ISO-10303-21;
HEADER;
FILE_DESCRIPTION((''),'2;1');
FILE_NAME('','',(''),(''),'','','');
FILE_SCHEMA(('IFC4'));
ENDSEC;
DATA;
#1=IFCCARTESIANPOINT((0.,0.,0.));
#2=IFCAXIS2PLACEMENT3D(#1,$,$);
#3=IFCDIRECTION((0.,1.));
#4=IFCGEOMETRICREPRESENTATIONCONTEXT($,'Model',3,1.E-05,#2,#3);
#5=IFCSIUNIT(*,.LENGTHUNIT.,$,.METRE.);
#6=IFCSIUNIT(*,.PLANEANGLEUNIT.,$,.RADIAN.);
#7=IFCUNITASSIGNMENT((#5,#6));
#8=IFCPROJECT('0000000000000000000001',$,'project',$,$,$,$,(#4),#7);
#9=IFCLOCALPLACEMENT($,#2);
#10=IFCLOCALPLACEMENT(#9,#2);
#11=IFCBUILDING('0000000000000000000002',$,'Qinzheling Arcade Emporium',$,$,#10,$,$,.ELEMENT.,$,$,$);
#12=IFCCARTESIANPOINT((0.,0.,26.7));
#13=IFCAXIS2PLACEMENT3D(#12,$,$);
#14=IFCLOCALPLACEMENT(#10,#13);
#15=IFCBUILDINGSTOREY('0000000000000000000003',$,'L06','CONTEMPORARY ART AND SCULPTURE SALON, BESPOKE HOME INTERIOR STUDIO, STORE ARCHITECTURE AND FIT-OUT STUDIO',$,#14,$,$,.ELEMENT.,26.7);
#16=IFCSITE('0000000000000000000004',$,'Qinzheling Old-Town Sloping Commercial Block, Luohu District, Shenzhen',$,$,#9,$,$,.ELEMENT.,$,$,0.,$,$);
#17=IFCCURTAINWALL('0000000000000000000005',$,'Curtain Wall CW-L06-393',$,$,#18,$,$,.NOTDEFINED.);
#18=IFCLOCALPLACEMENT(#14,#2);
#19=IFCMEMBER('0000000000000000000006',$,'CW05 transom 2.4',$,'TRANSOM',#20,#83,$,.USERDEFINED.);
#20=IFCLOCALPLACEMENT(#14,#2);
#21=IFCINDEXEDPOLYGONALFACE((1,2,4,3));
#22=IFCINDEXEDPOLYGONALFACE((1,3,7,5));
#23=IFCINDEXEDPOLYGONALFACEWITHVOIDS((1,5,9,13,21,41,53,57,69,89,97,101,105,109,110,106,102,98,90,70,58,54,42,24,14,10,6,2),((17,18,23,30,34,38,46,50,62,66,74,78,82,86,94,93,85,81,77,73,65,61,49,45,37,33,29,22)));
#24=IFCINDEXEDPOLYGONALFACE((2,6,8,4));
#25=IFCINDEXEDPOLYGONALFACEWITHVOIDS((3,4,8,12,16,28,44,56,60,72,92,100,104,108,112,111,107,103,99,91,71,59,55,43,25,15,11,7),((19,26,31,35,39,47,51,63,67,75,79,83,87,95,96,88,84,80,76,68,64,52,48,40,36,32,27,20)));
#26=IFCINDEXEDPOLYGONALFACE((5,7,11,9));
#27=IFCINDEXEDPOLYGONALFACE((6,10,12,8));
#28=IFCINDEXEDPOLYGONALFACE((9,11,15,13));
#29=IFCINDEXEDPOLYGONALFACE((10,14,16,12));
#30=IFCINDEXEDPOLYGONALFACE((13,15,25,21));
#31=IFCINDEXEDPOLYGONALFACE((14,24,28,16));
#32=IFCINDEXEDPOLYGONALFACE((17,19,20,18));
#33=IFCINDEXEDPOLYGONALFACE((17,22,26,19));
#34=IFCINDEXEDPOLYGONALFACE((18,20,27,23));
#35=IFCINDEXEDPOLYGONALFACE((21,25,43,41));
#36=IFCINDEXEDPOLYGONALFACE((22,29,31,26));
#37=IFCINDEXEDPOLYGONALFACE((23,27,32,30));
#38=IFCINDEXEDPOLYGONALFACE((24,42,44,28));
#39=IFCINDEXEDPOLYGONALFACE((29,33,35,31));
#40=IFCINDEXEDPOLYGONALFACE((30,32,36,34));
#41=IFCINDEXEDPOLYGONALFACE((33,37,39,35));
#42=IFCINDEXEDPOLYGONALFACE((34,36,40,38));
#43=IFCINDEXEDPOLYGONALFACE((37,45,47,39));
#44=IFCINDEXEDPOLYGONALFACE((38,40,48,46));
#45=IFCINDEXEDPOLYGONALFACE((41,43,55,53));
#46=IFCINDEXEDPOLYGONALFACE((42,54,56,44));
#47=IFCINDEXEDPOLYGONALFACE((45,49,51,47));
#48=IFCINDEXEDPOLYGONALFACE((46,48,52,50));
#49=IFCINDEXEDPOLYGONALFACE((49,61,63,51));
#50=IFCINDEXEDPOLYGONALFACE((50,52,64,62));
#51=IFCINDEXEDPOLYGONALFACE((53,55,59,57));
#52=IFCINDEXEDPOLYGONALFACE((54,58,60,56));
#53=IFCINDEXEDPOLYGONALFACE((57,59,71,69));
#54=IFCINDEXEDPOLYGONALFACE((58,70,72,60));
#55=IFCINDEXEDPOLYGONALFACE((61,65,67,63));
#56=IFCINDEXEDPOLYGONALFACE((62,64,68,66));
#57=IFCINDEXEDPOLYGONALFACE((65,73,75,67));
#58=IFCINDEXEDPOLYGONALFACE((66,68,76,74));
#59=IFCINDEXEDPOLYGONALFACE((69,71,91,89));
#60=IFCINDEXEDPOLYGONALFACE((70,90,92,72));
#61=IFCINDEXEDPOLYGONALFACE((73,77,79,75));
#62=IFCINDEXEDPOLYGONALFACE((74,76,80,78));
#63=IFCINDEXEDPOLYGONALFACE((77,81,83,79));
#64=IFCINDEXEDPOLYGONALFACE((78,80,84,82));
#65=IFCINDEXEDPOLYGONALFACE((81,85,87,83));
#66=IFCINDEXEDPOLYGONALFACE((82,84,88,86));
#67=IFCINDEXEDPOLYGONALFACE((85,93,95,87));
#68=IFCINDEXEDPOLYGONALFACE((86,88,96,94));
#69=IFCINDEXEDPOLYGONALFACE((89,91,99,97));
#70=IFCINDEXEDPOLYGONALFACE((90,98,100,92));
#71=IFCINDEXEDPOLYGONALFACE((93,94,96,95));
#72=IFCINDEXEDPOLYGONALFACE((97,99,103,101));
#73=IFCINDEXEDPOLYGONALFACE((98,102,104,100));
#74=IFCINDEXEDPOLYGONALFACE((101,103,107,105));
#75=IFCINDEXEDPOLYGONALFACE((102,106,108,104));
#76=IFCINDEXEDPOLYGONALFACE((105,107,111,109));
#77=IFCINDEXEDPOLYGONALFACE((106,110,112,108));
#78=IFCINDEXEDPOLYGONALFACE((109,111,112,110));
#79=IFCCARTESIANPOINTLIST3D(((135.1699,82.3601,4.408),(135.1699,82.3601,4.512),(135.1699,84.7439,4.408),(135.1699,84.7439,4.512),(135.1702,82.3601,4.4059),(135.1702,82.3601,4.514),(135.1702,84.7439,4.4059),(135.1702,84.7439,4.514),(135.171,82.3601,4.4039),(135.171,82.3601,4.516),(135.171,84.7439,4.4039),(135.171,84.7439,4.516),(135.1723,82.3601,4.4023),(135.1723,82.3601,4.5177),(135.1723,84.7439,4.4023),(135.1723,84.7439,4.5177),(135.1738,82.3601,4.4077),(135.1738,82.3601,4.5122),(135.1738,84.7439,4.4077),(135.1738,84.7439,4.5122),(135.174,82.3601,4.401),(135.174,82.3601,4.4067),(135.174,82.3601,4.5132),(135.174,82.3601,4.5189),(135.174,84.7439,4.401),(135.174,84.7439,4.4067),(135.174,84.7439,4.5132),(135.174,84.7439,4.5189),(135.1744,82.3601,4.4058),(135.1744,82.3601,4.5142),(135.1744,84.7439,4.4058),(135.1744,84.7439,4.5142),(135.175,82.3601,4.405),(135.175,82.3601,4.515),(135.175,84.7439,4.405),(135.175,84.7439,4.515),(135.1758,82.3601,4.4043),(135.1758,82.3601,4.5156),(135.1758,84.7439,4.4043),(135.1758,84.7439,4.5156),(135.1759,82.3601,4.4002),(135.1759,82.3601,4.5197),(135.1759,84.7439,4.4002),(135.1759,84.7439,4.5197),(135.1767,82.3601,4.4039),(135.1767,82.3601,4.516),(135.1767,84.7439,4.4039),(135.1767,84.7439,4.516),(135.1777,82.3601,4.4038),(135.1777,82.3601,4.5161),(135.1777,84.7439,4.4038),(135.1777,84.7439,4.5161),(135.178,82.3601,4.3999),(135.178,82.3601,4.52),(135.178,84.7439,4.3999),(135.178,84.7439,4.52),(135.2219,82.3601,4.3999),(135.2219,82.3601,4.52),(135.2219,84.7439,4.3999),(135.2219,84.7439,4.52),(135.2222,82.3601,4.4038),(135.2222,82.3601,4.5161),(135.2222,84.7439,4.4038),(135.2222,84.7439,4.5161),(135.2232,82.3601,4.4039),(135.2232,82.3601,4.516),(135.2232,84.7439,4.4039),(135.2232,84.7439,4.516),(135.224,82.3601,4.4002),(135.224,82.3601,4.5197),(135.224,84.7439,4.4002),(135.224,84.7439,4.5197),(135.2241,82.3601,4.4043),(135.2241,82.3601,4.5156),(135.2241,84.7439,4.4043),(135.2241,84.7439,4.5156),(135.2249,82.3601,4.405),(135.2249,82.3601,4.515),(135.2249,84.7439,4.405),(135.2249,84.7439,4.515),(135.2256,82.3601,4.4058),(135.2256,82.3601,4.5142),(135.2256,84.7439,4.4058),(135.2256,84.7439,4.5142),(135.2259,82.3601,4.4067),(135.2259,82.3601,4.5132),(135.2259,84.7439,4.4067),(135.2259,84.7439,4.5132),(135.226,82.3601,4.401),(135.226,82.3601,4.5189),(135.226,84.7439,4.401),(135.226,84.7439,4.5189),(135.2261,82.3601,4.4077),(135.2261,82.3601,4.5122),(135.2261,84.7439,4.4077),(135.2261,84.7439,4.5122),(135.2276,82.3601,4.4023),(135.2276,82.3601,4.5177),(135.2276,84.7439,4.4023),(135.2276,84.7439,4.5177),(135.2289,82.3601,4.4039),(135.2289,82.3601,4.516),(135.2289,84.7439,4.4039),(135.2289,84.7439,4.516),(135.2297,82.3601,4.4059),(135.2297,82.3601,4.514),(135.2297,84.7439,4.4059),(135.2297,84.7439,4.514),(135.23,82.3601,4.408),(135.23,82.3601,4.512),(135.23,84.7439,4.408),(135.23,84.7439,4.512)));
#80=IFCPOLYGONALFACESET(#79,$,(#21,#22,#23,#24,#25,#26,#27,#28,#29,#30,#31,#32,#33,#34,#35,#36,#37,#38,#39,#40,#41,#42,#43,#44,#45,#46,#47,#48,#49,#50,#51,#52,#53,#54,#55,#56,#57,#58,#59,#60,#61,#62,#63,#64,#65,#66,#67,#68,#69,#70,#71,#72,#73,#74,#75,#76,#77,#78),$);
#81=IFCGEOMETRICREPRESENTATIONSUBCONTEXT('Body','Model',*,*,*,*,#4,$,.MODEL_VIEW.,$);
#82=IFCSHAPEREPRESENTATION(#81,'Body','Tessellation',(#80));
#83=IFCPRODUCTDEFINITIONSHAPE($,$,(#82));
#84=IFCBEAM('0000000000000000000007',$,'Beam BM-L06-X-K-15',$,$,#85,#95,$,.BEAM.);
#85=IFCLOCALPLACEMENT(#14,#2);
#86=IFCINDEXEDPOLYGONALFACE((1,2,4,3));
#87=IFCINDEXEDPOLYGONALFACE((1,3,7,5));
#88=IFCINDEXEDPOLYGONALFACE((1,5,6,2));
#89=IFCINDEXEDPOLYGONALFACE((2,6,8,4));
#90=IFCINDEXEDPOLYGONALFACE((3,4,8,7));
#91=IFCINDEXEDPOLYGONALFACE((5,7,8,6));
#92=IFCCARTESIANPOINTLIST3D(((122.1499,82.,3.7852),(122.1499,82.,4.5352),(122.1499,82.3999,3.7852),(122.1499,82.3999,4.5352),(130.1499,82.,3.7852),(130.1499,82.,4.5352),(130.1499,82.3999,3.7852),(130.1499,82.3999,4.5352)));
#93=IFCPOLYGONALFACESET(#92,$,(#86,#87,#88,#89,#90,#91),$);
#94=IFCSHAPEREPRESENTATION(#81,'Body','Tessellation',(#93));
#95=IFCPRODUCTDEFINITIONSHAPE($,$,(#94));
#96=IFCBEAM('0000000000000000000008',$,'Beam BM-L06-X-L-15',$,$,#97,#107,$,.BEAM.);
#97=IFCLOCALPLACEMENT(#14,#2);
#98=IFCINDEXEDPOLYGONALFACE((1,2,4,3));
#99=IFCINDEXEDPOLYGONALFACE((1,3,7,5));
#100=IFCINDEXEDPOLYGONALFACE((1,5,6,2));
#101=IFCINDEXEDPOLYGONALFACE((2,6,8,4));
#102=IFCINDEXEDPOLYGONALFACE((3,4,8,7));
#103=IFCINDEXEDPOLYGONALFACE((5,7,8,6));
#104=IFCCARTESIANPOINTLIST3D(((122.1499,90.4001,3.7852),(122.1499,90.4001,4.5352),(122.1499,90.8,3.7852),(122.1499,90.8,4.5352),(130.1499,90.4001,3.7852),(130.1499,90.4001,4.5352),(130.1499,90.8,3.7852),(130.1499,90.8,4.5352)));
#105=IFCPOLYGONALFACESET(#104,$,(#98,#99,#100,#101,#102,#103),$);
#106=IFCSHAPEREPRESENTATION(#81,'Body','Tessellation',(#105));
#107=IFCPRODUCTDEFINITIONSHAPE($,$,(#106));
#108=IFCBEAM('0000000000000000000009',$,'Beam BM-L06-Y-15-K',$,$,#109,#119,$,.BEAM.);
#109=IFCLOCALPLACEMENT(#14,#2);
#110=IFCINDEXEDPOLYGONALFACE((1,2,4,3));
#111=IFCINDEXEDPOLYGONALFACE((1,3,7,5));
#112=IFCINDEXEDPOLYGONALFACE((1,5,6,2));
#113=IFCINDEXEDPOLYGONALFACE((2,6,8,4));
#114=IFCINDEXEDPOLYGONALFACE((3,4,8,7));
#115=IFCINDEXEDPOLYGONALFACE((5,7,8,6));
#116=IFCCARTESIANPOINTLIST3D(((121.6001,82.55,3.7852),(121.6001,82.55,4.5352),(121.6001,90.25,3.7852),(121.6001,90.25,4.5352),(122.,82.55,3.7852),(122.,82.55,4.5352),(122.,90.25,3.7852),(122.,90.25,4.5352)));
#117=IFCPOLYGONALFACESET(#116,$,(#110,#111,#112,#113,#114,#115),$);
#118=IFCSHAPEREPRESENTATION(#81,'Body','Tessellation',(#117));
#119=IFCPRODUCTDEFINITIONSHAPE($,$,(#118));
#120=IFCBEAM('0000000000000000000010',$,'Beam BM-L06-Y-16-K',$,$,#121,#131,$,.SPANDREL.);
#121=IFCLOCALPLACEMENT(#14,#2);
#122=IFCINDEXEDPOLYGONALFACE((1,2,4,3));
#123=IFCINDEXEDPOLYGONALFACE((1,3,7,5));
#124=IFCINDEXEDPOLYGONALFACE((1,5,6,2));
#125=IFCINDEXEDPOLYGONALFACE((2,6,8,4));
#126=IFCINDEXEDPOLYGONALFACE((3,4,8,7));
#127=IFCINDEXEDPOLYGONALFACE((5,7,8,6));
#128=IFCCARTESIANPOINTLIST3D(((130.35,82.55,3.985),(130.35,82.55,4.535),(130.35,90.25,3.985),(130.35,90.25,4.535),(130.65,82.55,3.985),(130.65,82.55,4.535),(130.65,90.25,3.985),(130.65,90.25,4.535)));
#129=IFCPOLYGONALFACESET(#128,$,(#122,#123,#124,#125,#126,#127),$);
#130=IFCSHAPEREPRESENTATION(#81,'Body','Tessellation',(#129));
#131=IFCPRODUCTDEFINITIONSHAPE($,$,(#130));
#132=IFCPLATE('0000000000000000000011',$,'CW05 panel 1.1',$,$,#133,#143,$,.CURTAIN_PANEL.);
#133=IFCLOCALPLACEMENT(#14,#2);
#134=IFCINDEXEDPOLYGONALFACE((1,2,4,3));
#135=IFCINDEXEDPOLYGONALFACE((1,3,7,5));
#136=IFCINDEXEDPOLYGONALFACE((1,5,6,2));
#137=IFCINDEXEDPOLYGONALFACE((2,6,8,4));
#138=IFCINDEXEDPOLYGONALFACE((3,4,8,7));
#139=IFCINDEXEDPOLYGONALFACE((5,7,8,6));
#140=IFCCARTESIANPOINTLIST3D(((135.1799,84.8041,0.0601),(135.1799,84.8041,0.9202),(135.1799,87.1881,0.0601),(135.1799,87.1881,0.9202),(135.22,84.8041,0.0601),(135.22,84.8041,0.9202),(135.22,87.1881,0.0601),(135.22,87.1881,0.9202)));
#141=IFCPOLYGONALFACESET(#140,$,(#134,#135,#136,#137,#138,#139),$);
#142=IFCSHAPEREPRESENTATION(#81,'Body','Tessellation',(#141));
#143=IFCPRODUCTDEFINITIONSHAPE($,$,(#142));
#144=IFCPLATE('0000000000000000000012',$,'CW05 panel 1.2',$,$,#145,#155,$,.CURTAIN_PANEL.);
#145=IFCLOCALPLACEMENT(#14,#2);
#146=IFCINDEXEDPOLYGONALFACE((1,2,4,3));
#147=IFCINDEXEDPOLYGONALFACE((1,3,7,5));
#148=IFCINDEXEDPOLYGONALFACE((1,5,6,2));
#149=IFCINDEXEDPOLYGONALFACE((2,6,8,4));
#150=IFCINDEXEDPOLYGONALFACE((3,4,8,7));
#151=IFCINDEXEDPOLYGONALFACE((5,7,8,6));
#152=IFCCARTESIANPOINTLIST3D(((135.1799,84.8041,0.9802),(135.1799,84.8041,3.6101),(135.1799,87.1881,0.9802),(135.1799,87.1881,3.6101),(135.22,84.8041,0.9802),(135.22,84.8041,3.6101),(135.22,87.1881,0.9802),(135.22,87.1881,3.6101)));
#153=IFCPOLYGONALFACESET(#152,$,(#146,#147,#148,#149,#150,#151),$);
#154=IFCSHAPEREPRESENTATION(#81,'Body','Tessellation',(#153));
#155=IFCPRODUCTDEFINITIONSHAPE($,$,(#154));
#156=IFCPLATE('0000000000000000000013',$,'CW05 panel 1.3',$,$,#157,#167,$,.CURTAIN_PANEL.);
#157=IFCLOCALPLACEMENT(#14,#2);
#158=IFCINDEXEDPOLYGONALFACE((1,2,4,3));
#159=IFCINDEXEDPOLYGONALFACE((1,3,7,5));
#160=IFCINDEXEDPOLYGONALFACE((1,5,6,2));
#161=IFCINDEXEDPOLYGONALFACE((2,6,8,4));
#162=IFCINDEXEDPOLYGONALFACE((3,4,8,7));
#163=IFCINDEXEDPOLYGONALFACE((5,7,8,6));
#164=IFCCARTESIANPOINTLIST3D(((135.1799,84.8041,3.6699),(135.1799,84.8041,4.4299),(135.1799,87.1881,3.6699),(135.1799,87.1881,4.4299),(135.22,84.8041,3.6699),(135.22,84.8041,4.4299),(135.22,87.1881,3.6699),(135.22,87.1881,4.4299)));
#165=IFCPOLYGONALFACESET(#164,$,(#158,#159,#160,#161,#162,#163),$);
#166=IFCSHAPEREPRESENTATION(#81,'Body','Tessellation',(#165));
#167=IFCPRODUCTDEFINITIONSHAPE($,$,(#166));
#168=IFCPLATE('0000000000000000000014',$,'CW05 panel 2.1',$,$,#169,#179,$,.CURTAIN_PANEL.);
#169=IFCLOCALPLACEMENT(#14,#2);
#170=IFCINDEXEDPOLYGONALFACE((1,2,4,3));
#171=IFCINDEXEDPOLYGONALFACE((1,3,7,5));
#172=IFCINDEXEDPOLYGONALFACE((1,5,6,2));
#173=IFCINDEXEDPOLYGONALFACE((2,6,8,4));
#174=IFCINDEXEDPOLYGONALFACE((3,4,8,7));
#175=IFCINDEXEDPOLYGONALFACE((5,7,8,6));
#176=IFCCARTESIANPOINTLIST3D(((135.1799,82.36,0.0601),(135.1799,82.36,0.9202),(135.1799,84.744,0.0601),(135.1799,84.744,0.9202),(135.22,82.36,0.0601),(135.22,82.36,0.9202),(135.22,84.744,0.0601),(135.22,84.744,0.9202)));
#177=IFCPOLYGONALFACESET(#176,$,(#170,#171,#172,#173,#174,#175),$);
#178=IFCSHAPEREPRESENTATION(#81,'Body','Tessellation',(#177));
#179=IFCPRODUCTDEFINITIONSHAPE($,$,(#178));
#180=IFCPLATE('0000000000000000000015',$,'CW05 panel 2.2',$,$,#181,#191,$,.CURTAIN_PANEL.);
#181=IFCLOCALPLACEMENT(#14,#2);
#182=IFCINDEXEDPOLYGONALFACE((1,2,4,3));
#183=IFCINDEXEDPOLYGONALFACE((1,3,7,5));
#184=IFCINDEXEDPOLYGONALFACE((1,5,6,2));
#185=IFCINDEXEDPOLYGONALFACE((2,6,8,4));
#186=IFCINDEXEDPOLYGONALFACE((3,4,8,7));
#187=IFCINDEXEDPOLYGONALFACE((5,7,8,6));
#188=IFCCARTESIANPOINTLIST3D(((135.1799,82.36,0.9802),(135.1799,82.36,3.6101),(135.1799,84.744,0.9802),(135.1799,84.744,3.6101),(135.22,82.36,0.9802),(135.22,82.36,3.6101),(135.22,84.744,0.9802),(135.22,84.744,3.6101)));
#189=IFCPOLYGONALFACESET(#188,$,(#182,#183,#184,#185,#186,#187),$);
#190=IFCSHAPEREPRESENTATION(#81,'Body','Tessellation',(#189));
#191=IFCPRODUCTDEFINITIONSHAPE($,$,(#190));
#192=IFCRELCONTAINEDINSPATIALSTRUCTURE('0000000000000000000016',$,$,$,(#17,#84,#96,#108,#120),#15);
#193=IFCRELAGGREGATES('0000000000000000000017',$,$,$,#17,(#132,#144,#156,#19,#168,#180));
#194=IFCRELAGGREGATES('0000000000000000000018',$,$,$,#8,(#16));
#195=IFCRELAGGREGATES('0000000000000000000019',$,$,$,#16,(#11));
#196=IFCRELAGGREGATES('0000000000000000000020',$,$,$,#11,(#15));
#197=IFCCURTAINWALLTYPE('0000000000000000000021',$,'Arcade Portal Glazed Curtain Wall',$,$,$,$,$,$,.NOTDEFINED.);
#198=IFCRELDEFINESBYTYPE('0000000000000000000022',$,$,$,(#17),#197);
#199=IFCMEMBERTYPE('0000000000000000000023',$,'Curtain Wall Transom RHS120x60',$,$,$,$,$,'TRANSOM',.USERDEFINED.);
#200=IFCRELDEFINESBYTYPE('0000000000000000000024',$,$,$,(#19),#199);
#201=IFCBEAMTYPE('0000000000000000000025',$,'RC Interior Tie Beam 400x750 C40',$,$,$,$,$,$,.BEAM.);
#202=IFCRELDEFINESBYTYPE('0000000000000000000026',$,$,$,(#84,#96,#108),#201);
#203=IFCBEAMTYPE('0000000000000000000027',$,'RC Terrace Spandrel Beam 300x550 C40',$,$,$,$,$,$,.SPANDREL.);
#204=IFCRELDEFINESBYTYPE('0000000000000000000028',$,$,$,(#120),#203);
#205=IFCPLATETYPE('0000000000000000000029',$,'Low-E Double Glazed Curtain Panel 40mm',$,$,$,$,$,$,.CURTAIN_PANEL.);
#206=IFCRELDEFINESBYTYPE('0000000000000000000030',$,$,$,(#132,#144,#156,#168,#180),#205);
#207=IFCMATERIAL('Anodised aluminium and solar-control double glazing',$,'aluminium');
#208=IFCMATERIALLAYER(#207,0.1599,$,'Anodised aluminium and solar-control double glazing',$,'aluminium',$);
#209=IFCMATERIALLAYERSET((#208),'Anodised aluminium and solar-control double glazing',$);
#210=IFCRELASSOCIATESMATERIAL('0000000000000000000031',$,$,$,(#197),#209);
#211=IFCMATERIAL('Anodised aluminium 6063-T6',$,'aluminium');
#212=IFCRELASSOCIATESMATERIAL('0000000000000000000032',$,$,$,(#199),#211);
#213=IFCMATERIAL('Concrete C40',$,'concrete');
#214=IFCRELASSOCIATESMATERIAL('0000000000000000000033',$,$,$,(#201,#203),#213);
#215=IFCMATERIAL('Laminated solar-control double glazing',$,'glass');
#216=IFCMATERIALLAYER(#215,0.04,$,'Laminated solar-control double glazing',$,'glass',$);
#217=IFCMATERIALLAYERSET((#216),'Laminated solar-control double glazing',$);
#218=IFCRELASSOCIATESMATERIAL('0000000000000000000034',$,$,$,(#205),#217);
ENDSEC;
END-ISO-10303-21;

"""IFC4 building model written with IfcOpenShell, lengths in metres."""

from ifc_helpers import new_model, si_unit, direction, frame, origin, origin_2d, place, context, subcontext, project, spatial, rectangle, hollow_rectangle, extrude, material, layer, layer_set, material_profile, profile_set, type_object, element, aggregate, save


model = new_model("IFC4")

# Units and contexts
model_context = context("Model", 3, precision=1e-05, world=origin(), true_north=direction((0.0, 1.0)))
body_context = subcontext(model_context, "Body", "Model", "MODEL_VIEW")
ifc_project = project(units=[si_unit("LENGTHUNIT", "METRE"), si_unit("PLANEANGLEUNIT", "RADIAN")], contexts=[model_context])

# Site, building, storey
site_placement = place(None, origin())
site = spatial("IfcSite", under=ifc_project, at=site_placement, Name="Qinzheling Old-Town Sloping Commercial Block, Luohu District, Shenzhen", CompositionType="ELEMENT", RefElevation=0.0)
building_placement = place(site_placement, origin())
building = spatial("IfcBuilding", under=site, at=building_placement, Name="Qinzheling Arcade Emporium", CompositionType="ELEMENT")
storey_placement = place(building_placement, frame((0.0, 0.0, 26.7)))
storey = spatial("IfcBuildingStorey", under=building, at=storey_placement, Name="L06", Description="CONTEMPORARY ART AND SCULPTURE SALON, BESPOKE HOME INTERIOR STUDIO, STORE ARCHITECTURE AND FIT-OUT STUDIO", CompositionType="ELEMENT", Elevation=26.7)

# Shared definitions
ifc_material_1 = material(Name="Concrete C40", Category="concrete")

# Curtain wall, member
ifc_material_2 = material(Name="Anodised aluminium and solar-control double glazing", Category="aluminium")
ifc_layer_1 = layer(ifc_material_2, 0.1599, Name="Anodised aluminium and solar-control double glazing", Category="aluminium")
ifc_layer_set_1 = layer_set([ifc_layer_1], Name="Anodised aluminium and solar-control double glazing")
curtain_wall_type = type_object("IfcCurtainWallType", Name="Arcade Portal Glazed Curtain Wall", PredefinedType="NOTDEFINED", material=ifc_layer_set_1)
curtain_wall_placement = place(storey_placement, origin())
curtain_wall = element("IfcCurtainWall", 1, at=curtain_wall_placement, inside=storey, type_object=curtain_wall_type, Name="Curtain Wall CW-L06-393", PredefinedType="NOTDEFINED")
ifc_material_3 = material(Name="Anodised aluminium 6063-T6", Category="aluminium")
ifc_material_profile_1 = material_profile(ifc_material_3, hollow_rectangle(XDim=0.0601, YDim=0.1201, WallThickness=0.0039, InnerFilletRadius=0.0039, OuterFilletRadius=0.0081, at=origin_2d()), Name="RHS 120x60x4", Category="aluminium")
ifc_profile_set_1 = profile_set([ifc_material_profile_1], Name="Anodised aluminium 6063-T6")
member_type_1 = type_object("IfcMemberType", Name="Curtain Wall Transom RHS120x60", ElementType="TRANSOM", PredefinedType="USERDEFINED", material=ifc_profile_set_1)
member_1_placement = place(storey_placement, frame((135.2, 84.7439, 4.46), z_axis=(0.0, -1.0, 0.0), x_axis=(1.0, 0.0, 0.0)))
member_1 = element("IfcMember", 2, at=member_1_placement, type_object=member_type_1, Name="CW05 transom 2.4", ObjectType="TRANSOM", PredefinedType="USERDEFINED", context=body_context, shape_type="SweptSolid", body=[
    extrude(hollow_rectangle(XDim=0.0601, YDim=0.1201, WallThickness=0.0039, InnerFilletRadius=0.0039, OuterFilletRadius=0.0081, at=origin_2d()), origin(), (0.0, 0.0, 1.0), 2.3838),
])

# Beams
ifc_material_profile_2 = material_profile(ifc_material_1, rectangle(XDim=0.3999, YDim=0.75, at=origin_2d()), Name="RC 400x750", Category="concrete")
ifc_profile_set_2 = profile_set([ifc_material_profile_2], Name="Concrete C40")
beam_type_1 = type_object("IfcBeamType", Name="RC Interior Tie Beam 400x750 C40", PredefinedType="BEAM", material=ifc_profile_set_2)
for number, where, z_axis, x_axis, name in (
    (3, (122.1499, 82.2, 4.1602), (1.0, 0.0, 0.0), (0.0, 1.0, 0.0), "Beam BM-L06-X-K-15"),
    (4, (122.1499, 90.6001, 4.1602), (1.0, 0.0, 0.0), (0.0, 1.0, 0.0), "Beam BM-L06-X-L-15"),
):
    element("IfcBeam", number, at=place(storey_placement, frame(where, z_axis=z_axis, x_axis=x_axis)), inside=storey, type_object=beam_type_1, Name=name, PredefinedType="BEAM", context=body_context, shape_type="SweptSolid", body=[
        extrude(rectangle(XDim=0.3999, YDim=0.75, at=origin_2d()), origin(), (0.0, 0.0, 1.0), 8.0),
    ])
beam_1_placement = place(storey_placement, frame((121.8, 82.55, 4.1602), z_axis=(0.0, 1.0, 0.0), x_axis=(-1.0, 0.0, 0.0)))
element("IfcBeam", 5, at=beam_1_placement, inside=storey, type_object=beam_type_1, Name="Beam BM-L06-Y-15-K", PredefinedType="BEAM", context=body_context, shape_type="SweptSolid", body=[
    extrude(rectangle(XDim=0.3999, YDim=0.75, at=origin_2d()), origin(), (0.0, 0.0, 1.0), 7.7),
])
ifc_material_profile_3 = material_profile(ifc_material_1, rectangle(XDim=0.3, YDim=0.55, at=origin_2d()), Name="RC 300x550", Category="concrete")
ifc_profile_set_3 = profile_set([ifc_material_profile_3], Name="Concrete C40")
beam_type_2 = type_object("IfcBeamType", Name="RC Terrace Spandrel Beam 300x550 C40", PredefinedType="SPANDREL", material=ifc_profile_set_3)
beam_2_placement = place(storey_placement, frame((130.5, 82.55, 4.26), z_axis=(0.0, 1.0, 0.0), x_axis=(-1.0, 0.0, 0.0)))
element("IfcBeam", 6, at=beam_2_placement, inside=storey, type_object=beam_type_2, Name="Beam BM-L06-Y-16-K", PredefinedType="SPANDREL", context=body_context, shape_type="SweptSolid", body=[
    extrude(rectangle(XDim=0.3, YDim=0.55, at=origin_2d()), origin(), (0.0, 0.0, 1.0), 7.7),
])

# Plates
ifc_material_4 = material(Name="Laminated solar-control double glazing", Category="glass")
ifc_layer_2 = layer(ifc_material_4, 0.04, Name="Laminated solar-control double glazing", Category="glass")
ifc_layer_set_2 = layer_set([ifc_layer_2], Name="Laminated solar-control double glazing")
plate_type = type_object("IfcPlateType", Name="Low-E Double Glazed Curtain Panel 40mm", PredefinedType="CURTAIN_PANEL", material=ifc_layer_set_2)
plate_1_placement = place(storey_placement, frame((135.2, 85.9961, 0.0601), z_axis=(0.0, 0.0, 1.0), x_axis=(0.0, -1.0, 0.0)))
plate_1 = element("IfcPlate", 7, at=plate_1_placement, type_object=plate_type, Name="CW05 panel 1.1", PredefinedType="CURTAIN_PANEL", context=body_context, shape_type="SweptSolid", body=[
    extrude(rectangle(XDim=2.384, YDim=0.04, at=origin_2d()), origin(), (0.0, 0.0, 1.0), 0.8601),
])
plate_2_placement = place(storey_placement, frame((135.2, 85.9961, 0.9802), z_axis=(0.0, 0.0, 1.0), x_axis=(0.0, -1.0, 0.0)))
plate_2 = element("IfcPlate", 8, at=plate_2_placement, type_object=plate_type, Name="CW05 panel 1.2", PredefinedType="CURTAIN_PANEL", context=body_context, shape_type="SweptSolid", body=[
    extrude(rectangle(XDim=2.384, YDim=0.04, at=origin_2d()), origin(), (0.0, 0.0, 1.0), 2.6299),
])
plate_3_placement = place(storey_placement, frame((135.2, 85.9961, 3.6699), z_axis=(0.0, 0.0, 1.0), x_axis=(0.0, -1.0, 0.0)))
plate_3 = element("IfcPlate", 9, at=plate_3_placement, type_object=plate_type, Name="CW05 panel 1.3", PredefinedType="CURTAIN_PANEL", context=body_context, shape_type="SweptSolid", body=[
    extrude(rectangle(XDim=2.384, YDim=0.04, at=origin_2d()), origin(), (0.0, 0.0, 1.0), 0.76),
])
plate_4_placement = place(storey_placement, frame((135.2, 83.552, 0.0601), z_axis=(0.0, 0.0, 1.0), x_axis=(0.0, -1.0, 0.0)))
plate_4 = element("IfcPlate", 10, at=plate_4_placement, type_object=plate_type, Name="CW05 panel 2.1", PredefinedType="CURTAIN_PANEL", context=body_context, shape_type="SweptSolid", body=[
    extrude(rectangle(XDim=2.384, YDim=0.04, at=origin_2d()), origin(), (0.0, 0.0, 1.0), 0.8601),
])
plate_5_placement = place(storey_placement, frame((135.2, 83.552, 0.9802), z_axis=(0.0, 0.0, 1.0), x_axis=(0.0, -1.0, 0.0)))
plate_5 = element("IfcPlate", 11, at=plate_5_placement, type_object=plate_type, Name="CW05 panel 2.2", PredefinedType="CURTAIN_PANEL", context=body_context, shape_type="SweptSolid", body=[
    extrude(rectangle(XDim=2.384, YDim=0.04, at=origin_2d()), origin(), (0.0, 0.0, 1.0), 2.6299),
])
aggregate(curtain_wall, [plate_1, plate_2, plate_3, member_1, plate_4, plate_5])

save(model, "model.ifc")
